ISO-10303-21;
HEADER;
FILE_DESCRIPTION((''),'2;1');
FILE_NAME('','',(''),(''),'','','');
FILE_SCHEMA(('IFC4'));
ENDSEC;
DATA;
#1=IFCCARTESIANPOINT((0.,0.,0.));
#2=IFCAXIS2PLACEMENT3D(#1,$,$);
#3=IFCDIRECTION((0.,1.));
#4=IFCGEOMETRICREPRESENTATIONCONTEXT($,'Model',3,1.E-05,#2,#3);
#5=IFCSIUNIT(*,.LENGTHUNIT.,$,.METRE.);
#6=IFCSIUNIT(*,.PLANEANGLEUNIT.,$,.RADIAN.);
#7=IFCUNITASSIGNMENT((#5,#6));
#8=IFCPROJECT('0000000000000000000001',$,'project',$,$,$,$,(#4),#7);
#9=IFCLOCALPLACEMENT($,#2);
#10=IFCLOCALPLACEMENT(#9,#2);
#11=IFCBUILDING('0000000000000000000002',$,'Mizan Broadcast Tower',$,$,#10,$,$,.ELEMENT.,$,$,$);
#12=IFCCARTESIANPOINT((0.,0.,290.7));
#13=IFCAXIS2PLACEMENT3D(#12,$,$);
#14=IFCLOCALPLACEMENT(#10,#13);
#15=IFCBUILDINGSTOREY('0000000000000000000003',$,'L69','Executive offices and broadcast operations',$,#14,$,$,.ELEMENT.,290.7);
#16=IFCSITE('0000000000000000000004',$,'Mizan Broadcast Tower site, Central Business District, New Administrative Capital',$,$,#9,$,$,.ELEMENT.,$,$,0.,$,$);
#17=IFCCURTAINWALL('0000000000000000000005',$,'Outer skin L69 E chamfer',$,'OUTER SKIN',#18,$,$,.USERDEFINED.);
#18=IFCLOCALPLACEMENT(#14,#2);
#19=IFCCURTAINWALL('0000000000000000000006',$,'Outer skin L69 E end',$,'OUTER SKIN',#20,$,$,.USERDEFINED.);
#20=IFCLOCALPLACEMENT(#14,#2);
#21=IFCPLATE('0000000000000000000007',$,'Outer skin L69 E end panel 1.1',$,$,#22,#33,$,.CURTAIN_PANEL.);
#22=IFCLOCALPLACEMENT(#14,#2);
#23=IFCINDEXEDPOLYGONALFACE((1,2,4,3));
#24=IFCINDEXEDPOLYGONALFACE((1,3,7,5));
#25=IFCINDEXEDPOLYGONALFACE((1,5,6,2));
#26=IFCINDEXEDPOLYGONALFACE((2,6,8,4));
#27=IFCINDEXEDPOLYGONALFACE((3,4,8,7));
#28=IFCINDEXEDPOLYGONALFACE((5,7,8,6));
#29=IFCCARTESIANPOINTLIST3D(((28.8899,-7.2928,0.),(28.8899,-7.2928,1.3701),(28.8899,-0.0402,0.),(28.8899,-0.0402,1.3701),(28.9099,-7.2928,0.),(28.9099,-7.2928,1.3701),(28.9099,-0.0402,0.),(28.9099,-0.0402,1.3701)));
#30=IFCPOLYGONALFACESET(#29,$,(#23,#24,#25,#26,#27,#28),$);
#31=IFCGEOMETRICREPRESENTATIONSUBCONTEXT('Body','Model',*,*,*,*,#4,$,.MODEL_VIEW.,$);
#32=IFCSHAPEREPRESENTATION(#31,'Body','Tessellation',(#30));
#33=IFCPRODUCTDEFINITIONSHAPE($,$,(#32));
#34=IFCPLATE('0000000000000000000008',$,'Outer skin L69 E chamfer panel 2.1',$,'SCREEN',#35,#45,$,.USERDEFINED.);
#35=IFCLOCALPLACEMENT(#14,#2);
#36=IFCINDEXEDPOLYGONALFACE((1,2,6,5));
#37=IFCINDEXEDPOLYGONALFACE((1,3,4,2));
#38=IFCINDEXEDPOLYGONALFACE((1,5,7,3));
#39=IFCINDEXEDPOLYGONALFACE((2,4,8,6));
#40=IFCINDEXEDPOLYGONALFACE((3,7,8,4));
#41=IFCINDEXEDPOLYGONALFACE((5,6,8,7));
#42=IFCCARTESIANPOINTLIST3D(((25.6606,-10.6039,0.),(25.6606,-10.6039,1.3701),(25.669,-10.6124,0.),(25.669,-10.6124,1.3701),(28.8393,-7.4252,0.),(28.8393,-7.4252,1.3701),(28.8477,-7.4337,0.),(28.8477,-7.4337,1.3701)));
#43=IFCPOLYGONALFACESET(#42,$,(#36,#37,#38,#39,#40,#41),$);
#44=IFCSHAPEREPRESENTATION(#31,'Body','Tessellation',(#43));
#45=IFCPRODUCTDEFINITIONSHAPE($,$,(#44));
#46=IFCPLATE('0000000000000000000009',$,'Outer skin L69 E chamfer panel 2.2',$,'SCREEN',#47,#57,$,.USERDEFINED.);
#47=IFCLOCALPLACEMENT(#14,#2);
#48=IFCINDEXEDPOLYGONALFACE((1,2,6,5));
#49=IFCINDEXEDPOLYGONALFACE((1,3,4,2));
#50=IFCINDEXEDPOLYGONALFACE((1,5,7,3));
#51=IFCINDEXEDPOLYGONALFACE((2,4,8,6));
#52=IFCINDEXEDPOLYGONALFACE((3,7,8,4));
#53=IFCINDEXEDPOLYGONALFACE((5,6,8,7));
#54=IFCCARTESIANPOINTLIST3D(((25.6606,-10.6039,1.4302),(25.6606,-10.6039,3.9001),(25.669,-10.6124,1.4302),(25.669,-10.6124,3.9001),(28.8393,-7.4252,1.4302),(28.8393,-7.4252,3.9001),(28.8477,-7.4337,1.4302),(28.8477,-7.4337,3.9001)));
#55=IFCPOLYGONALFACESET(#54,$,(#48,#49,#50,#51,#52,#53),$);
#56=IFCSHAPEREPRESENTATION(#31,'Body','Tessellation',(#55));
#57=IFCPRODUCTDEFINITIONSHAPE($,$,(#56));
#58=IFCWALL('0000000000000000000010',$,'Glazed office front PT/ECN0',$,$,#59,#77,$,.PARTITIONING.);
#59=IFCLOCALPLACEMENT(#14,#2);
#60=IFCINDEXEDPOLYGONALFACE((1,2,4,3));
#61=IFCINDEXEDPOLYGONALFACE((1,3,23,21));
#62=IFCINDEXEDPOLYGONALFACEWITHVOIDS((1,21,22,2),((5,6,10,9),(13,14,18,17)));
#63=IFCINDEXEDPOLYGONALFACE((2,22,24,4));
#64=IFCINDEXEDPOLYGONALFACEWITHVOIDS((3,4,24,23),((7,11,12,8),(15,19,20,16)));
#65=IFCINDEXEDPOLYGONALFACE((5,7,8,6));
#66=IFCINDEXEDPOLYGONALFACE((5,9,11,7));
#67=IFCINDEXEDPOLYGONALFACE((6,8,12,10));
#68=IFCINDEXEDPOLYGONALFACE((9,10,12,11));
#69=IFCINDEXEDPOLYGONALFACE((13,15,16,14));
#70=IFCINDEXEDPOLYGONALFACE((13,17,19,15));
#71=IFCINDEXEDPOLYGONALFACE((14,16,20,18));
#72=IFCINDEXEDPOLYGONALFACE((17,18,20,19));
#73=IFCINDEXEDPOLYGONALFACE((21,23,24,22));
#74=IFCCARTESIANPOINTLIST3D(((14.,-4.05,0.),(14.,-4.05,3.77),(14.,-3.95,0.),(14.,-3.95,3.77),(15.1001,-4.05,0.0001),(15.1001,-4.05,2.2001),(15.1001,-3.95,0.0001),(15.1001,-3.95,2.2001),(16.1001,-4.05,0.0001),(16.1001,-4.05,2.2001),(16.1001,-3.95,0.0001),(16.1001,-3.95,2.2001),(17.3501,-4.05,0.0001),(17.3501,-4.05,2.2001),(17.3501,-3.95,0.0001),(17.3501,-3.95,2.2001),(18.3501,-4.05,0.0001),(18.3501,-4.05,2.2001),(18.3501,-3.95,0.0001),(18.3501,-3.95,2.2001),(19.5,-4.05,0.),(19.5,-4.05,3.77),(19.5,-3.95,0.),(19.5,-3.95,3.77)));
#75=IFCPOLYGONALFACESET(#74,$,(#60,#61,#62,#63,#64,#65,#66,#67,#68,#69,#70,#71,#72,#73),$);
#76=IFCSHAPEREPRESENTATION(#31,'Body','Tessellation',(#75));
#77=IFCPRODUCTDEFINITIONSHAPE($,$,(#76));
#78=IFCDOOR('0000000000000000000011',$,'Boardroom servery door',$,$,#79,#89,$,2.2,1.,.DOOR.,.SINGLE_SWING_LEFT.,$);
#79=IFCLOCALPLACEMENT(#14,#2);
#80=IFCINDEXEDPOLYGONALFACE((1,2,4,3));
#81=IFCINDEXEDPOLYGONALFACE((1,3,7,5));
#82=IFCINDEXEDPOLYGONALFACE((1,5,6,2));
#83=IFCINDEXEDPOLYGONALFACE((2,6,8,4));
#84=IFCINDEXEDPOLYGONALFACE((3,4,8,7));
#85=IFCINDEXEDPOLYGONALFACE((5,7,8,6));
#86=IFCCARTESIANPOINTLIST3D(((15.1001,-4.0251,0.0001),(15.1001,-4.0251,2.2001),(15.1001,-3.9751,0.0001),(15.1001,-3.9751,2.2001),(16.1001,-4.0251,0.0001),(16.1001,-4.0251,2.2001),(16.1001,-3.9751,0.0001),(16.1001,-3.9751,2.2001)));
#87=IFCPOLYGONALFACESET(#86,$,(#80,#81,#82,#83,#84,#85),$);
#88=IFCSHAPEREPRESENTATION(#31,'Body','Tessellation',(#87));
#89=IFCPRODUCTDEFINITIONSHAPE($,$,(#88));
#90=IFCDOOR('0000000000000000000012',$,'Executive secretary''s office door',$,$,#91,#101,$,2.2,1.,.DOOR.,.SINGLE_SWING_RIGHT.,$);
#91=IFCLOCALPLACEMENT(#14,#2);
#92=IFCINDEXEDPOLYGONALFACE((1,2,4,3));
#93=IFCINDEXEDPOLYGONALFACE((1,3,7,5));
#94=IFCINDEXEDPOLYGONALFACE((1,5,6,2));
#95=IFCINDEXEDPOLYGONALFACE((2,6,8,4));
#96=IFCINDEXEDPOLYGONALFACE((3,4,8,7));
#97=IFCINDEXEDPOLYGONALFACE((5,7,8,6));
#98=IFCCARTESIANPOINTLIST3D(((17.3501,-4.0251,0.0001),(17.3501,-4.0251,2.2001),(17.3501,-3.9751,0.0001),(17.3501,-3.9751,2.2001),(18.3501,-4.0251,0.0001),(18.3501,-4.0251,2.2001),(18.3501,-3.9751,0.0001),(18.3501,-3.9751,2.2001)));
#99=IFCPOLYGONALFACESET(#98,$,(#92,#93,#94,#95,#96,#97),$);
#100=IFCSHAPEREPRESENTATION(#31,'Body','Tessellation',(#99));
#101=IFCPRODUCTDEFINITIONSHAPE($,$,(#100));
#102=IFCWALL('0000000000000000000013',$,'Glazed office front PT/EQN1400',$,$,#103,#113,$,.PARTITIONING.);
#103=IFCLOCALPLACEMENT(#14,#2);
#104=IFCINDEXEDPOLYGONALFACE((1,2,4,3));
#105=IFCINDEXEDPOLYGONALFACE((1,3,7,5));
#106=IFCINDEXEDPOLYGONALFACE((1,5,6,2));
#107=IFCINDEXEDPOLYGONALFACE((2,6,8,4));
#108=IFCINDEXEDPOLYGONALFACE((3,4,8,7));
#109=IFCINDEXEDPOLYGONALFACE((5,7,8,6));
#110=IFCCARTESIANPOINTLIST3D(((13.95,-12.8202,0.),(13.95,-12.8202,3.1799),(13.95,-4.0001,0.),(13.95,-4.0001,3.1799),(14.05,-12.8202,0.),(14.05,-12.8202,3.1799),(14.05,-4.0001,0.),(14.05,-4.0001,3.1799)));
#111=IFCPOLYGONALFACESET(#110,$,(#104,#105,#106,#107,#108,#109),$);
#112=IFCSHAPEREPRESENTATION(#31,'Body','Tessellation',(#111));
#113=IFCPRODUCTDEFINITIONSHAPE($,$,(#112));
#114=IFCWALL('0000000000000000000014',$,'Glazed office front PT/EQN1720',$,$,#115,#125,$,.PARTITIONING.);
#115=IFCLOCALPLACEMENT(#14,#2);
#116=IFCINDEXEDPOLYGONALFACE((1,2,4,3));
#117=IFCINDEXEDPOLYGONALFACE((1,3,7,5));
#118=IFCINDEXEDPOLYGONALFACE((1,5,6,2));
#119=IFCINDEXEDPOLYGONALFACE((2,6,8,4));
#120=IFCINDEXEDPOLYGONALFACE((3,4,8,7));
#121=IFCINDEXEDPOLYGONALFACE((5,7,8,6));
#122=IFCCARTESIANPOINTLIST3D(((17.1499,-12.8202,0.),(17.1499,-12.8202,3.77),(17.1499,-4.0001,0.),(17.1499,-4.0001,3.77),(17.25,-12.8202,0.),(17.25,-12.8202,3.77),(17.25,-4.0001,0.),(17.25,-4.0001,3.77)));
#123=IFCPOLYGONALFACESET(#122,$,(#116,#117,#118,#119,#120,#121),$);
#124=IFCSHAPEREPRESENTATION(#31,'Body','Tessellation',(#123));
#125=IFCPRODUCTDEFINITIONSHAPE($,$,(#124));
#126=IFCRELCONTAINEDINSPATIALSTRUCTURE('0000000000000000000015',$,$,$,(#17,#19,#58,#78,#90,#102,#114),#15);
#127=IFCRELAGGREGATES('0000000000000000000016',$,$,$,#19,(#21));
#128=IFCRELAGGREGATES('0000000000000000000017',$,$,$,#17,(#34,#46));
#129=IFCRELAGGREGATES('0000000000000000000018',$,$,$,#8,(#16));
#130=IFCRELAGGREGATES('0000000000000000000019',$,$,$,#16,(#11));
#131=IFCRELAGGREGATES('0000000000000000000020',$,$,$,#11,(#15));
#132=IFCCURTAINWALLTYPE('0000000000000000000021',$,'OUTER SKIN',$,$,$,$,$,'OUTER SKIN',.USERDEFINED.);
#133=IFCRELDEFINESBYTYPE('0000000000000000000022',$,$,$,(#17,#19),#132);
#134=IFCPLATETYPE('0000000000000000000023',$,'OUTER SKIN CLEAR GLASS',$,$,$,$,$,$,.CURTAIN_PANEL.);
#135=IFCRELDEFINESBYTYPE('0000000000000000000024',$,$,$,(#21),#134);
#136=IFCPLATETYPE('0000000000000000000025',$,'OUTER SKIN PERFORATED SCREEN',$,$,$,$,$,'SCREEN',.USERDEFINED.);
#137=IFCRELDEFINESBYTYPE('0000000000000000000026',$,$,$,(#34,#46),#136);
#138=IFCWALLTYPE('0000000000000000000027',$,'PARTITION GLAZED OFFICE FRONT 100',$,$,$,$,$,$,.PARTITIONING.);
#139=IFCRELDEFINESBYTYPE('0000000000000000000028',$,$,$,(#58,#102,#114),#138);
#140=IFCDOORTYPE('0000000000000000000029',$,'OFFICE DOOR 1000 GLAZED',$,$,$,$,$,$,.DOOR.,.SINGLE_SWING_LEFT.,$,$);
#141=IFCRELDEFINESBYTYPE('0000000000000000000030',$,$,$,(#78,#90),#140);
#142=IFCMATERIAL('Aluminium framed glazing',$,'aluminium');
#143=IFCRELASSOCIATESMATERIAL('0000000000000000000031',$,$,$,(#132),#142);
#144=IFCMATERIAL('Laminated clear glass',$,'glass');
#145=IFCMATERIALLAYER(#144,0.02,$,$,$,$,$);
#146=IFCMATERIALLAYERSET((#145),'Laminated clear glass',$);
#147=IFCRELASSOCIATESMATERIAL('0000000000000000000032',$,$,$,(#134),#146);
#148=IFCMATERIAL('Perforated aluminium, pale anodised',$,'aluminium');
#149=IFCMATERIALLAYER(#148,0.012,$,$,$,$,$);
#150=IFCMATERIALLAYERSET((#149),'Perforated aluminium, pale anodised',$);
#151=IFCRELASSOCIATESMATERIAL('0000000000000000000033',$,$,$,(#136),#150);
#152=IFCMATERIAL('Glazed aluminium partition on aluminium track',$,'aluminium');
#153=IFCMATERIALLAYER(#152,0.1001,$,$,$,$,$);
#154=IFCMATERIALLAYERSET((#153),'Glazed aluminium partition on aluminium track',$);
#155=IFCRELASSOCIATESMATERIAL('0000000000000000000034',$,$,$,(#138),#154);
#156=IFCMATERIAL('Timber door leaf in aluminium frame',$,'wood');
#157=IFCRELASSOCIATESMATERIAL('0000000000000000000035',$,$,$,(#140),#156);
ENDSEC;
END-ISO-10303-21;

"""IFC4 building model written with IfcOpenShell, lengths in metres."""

from ifc_helpers import new_model, si_unit, direction, frame, frame_2d, origin, origin_2d, place, context, subcontext, project, spatial, rectangle, extrude, material, layer, layer_set, type_object, element, fill, aggregate, save


model = new_model("IFC4")

# Units and contexts
model_context = context("Model", 3, precision=1e-05, world=origin(), true_north=direction((0.0, 1.0)))
body_context = subcontext(model_context, "Body", "Model", "MODEL_VIEW")
ifc_project = project(units=[si_unit("LENGTHUNIT", "METRE"), si_unit("PLANEANGLEUNIT", "RADIAN")], contexts=[model_context])

# Site, building, storey
site_placement = place(None, origin())
site = spatial("IfcSite", under=ifc_project, at=site_placement, Name="Mizan Broadcast Tower site, Central Business District, New Administrative Capital", CompositionType="ELEMENT", RefElevation=0.0)
building_placement = place(site_placement, origin())
building = spatial("IfcBuilding", under=site, at=building_placement, Name="Mizan Broadcast Tower", CompositionType="ELEMENT")
storey_placement = place(building_placement, frame((0.0, 0.0, 290.7)))
storey = spatial("IfcBuildingStorey", under=building, at=storey_placement, Name="L69", Description="Executive offices and broadcast operations", CompositionType="ELEMENT", Elevation=290.7)

# Curtain wall
ifc_material_1 = material(Name="Aluminium framed glazing", Category="aluminium")
curtain_wall_type_1 = type_object("IfcCurtainWallType", Name="OUTER SKIN", ElementType="OUTER SKIN", PredefinedType="USERDEFINED", material=ifc_material_1)
curtain_wall_1_placement = place(storey_placement, origin())
curtain_wall_1 = element("IfcCurtainWall", 1, at=curtain_wall_1_placement, inside=storey, type_object=curtain_wall_type_1, Name="Outer skin L69 E chamfer", ObjectType="OUTER SKIN", PredefinedType="USERDEFINED")

# Curtain wall
curtain_wall_2_placement = place(storey_placement, origin())
curtain_wall_2 = element("IfcCurtainWall", 2, at=curtain_wall_2_placement, inside=storey, type_object=curtain_wall_type_1, Name="Outer skin L69 E end", ObjectType="OUTER SKIN", PredefinedType="USERDEFINED")

# Plates
ifc_material_2 = material(Name="Laminated clear glass", Category="glass")
ifc_layer_1 = layer(ifc_material_2, 0.02)
ifc_layer_set_1 = layer_set([ifc_layer_1], Name="Laminated clear glass")
plate_type_1 = type_object("IfcPlateType", Name="OUTER SKIN CLEAR GLASS", PredefinedType="CURTAIN_PANEL", material=ifc_layer_set_1)
plate_1_placement = place(storey_placement, frame((28.8999, -3.6665, 0.0), z_axis=(0.0, 0.0, 1.0), x_axis=(0.0, 1.0, 0.0)))
plate_1 = element("IfcPlate", 3, at=plate_1_placement, type_object=plate_type_1, Name="Outer skin L69 E end panel 1.1", PredefinedType="CURTAIN_PANEL", context=body_context, shape_type="SweptSolid", body=[
    extrude(rectangle(XDim=7.2527, YDim=0.02, at=origin_2d()), origin(), (0.0, 0.0, 1.0), 1.3701),
])
aggregate(curtain_wall_2, [plate_1])
ifc_material_3 = material(Name="Perforated aluminium, pale anodised", Category="aluminium")
ifc_layer_2 = layer(ifc_material_3, 0.012)
ifc_layer_set_2 = layer_set([ifc_layer_2], Name="Perforated aluminium, pale anodised")
plate_type_2 = type_object("IfcPlateType", Name="OUTER SKIN PERFORATED SCREEN", ElementType="SCREEN", PredefinedType="USERDEFINED", material=ifc_layer_set_2)
plate_2_placement = place(storey_placement, frame((27.2542, -9.0188, 0.0), z_axis=(0.0, 0.0, 1.0), x_axis=(0.707107, 0.707107, 0.0)))
plate_2 = element("IfcPlate", 4, at=plate_2_placement, type_object=plate_type_2, Name="Outer skin L69 E chamfer panel 2.1", ObjectType="SCREEN", PredefinedType="USERDEFINED", context=body_context, shape_type="SweptSolid", body=[
    extrude(rectangle(XDim=4.4954, YDim=0.012, at=origin_2d()), origin(), (0.0, 0.0, 1.0), 1.3701),
])
plate_3_placement = place(storey_placement, frame((27.2542, -9.0188, 1.4302), z_axis=(0.0, 0.0, 1.0), x_axis=(0.707107, 0.707107, 0.0)))
plate_3 = element("IfcPlate", 5, at=plate_3_placement, type_object=plate_type_2, Name="Outer skin L69 E chamfer panel 2.2", ObjectType="SCREEN", PredefinedType="USERDEFINED", context=body_context, shape_type="SweptSolid", body=[
    extrude(rectangle(XDim=4.4954, YDim=0.012, at=origin_2d()), origin(), (0.0, 0.0, 1.0), 2.47),
])
aggregate(curtain_wall_1, [plate_2, plate_3])

# Wall, openings, doors
ifc_material_4 = material(Name="Glazed aluminium partition on aluminium track", Category="aluminium")
ifc_layer_3 = layer(ifc_material_4, 0.1001)
ifc_layer_set_3 = layer_set([ifc_layer_3], Name="Glazed aluminium partition on aluminium track")
wall_type = type_object("IfcWallType", Name="PARTITION GLAZED OFFICE FRONT 100", PredefinedType="PARTITIONING", material=ifc_layer_set_3)
wall_1_placement = place(storey_placement, frame((14.0, -4.0, 0.0), z_axis=(0.0, 0.0, 1.0), x_axis=(1.0, 0.0, 0.0)))
wall_1 = element("IfcWall", 6, at=wall_1_placement, inside=storey, type_object=wall_type, Name="Glazed office front PT/ECN0", PredefinedType="PARTITIONING", context=body_context, shape_type="SweptSolid", body=[
    extrude(rectangle(XDim=5.5, YDim=0.1001, at=frame_2d((2.75, 0.0))), origin(), (0.0, 0.0, 1.0), 3.77),
])
opening_1_placement = place(wall_1_placement, frame((1.1001, 0.0, 0.0)))
opening_1 = element("IfcOpeningElement", 7, at=opening_1_placement, cuts=wall_1, PredefinedType="OPENING", context=body_context, shape_type="SweptSolid", body=[
    extrude(rectangle(XDim=1.0, YDim=2.2, at=frame_2d((0.5, 1.1001))), frame((0.0, 0.0601, 0.0), z_axis=(0.0, -1.0, 0.0), x_axis=(1.0, 0.0, 0.0)), (0.0, 0.0, 1.0), 0.1201),
])
opening_2_placement = place(wall_1_placement, frame((3.3501, 0.0, 0.0)))
opening_2 = element("IfcOpeningElement", 8, at=opening_2_placement, cuts=wall_1, PredefinedType="OPENING", context=body_context, shape_type="SweptSolid", body=[
    extrude(rectangle(XDim=1.0, YDim=2.2, at=frame_2d((0.5, 1.1001))), frame((0.0, 0.0601, 0.0), z_axis=(0.0, -1.0, 0.0), x_axis=(1.0, 0.0, 0.0)), (0.0, 0.0, 1.0), 0.1201),
])
ifc_material_5 = material(Name="Timber door leaf in aluminium frame", Category="wood")
door_type = type_object("IfcDoorType", Name="OFFICE DOOR 1000 GLAZED", OperationType="SINGLE_SWING_LEFT", PredefinedType="DOOR", material=ifc_material_5)
door_1_placement = place(opening_1_placement, origin())
door_1 = element("IfcDoor", 9, at=door_1_placement, inside=storey, type_object=door_type, Name="Boardroom servery door", OperationType="SINGLE_SWING_LEFT", OverallHeight=2.2, OverallWidth=1.0, PredefinedType="DOOR", context=body_context, shape_type="SweptSolid", body=[
    extrude(rectangle(XDim=1.0, YDim=2.2, at=frame_2d((0.5, 1.1001))), frame((0.0, 0.0249, 0.0), z_axis=(0.0, -1.0, 0.0), x_axis=(1.0, 0.0, 0.0)), (0.0, 0.0, 1.0), 0.05),
])
fill(opening_1, door_1)
door_2_placement = place(opening_2_placement, origin())
door_2 = element("IfcDoor", 10, at=door_2_placement, inside=storey, type_object=door_type, Name="Executive secretary's office door", OperationType="SINGLE_SWING_RIGHT", OverallHeight=2.2, OverallWidth=1.0, PredefinedType="DOOR", context=body_context, shape_type="SweptSolid", body=[
    extrude(rectangle(XDim=1.0, YDim=2.2, at=frame_2d((0.5, 1.1001))), frame((0.0, 0.0249, 0.0), z_axis=(0.0, -1.0, 0.0), x_axis=(1.0, 0.0, 0.0)), (0.0, 0.0, 1.0), 0.05),
])
fill(opening_2, door_2)

# Walls
wall_2_placement = place(storey_placement, frame((14.0, -4.0, 0.0), z_axis=(0.0, 0.0, 1.0), x_axis=(0.0, -1.0, 0.0)))
element("IfcWall", 11, at=wall_2_placement, inside=storey, type_object=wall_type, Name="Glazed office front PT/EQN1400", PredefinedType="PARTITIONING", context=body_context, shape_type="SweptSolid", body=[
    extrude(rectangle(XDim=8.8201, YDim=0.1001, at=frame_2d((4.4102, 0.0))), origin(), (0.0, 0.0, 1.0), 3.1799),
])
wall_3_placement = place(storey_placement, frame((17.2, -4.0, 0.0), z_axis=(0.0, 0.0, 1.0), x_axis=(0.0, -1.0, 0.0)))
element("IfcWall", 12, at=wall_3_placement, inside=storey, type_object=wall_type, Name="Glazed office front PT/EQN1720", PredefinedType="PARTITIONING", context=body_context, shape_type="SweptSolid", body=[
    extrude(rectangle(XDim=8.8201, YDim=0.1001, at=frame_2d((4.4102, 0.0))), origin(), (0.0, 0.0, 1.0), 3.77),
])

save(model, "model.ifc")
